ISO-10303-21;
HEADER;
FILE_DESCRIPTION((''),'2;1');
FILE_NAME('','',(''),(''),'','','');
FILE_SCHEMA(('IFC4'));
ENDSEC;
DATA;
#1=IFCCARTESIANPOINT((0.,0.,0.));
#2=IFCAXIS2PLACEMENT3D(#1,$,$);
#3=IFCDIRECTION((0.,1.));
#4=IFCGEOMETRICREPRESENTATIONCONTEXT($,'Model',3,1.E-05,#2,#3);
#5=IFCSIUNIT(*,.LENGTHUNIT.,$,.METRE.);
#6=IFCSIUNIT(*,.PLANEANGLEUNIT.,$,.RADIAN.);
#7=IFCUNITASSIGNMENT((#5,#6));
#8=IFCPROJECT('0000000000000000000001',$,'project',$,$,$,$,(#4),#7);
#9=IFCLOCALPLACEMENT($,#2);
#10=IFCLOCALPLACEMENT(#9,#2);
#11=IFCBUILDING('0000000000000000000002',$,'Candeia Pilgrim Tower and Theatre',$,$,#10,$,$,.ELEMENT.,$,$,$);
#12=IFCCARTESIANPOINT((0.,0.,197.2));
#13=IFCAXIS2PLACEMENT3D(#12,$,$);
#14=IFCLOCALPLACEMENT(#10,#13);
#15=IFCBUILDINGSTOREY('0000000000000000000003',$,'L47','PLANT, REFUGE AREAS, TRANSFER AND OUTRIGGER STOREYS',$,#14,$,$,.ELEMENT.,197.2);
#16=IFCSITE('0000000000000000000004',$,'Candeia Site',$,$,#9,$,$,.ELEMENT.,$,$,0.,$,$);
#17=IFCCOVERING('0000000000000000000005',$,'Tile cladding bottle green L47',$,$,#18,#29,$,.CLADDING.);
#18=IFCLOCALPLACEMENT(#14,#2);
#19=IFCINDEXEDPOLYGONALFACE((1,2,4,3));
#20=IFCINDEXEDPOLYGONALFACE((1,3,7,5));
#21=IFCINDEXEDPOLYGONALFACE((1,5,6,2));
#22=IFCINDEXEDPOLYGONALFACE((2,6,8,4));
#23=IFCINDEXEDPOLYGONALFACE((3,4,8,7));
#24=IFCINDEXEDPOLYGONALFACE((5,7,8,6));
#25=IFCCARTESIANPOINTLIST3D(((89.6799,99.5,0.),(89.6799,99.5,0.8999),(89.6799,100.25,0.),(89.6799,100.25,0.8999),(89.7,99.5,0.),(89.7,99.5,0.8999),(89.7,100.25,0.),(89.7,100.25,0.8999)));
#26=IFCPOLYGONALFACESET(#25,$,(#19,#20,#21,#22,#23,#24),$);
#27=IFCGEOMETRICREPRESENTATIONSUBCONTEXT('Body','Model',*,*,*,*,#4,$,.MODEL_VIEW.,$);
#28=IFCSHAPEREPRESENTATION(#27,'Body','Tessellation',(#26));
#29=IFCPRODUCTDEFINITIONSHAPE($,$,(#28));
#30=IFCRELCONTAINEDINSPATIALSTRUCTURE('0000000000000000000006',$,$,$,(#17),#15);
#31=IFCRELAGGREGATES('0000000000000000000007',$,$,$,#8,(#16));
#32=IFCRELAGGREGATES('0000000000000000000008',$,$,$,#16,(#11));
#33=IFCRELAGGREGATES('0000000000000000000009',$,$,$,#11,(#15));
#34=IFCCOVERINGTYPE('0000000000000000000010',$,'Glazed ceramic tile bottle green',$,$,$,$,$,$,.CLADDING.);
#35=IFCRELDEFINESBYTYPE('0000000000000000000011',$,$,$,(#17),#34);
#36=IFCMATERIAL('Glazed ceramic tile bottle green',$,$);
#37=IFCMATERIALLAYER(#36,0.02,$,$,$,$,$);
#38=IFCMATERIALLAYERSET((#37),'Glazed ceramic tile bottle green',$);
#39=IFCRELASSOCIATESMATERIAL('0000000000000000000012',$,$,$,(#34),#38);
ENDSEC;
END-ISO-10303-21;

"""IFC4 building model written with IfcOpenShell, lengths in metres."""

from ifc_helpers import new_model, si_unit, direction, frame, origin, origin_2d, place, context, subcontext, project, spatial, rectangle, extrude, material, layer, layer_set, type_object, element, save


model = new_model("IFC4")

# Units and contexts
model_context = context("Model", 3, precision=1e-05, world=origin(), true_north=direction((0.0, 1.0)))
body_context = subcontext(model_context, "Body", "Model", "MODEL_VIEW")
ifc_project = project(units=[si_unit("LENGTHUNIT", "METRE"), si_unit("PLANEANGLEUNIT", "RADIAN")], contexts=[model_context])

# Site, building, storey
site_placement = place(None, origin())
site = spatial("IfcSite", under=ifc_project, at=site_placement, Name="Candeia Site", CompositionType="ELEMENT", RefElevation=0.0)
building_placement = place(site_placement, origin())
building = spatial("IfcBuilding", under=site, at=building_placement, Name="Candeia Pilgrim Tower and Theatre", CompositionType="ELEMENT")
storey_placement = place(building_placement, frame((0.0, 0.0, 197.2)))
storey = spatial("IfcBuildingStorey", under=building, at=storey_placement, Name="L47", Description="PLANT, REFUGE AREAS, TRANSFER AND OUTRIGGER STOREYS", CompositionType="ELEMENT", Elevation=197.2)

# Covering
ifc_material_1 = material(Name="Glazed ceramic tile bottle green")
ifc_layer_1 = layer(ifc_material_1, 0.02)
ifc_layer_set_1 = layer_set([ifc_layer_1], Name="Glazed ceramic tile bottle green")
covering_type = type_object("IfcCoveringType", Name="Glazed ceramic tile bottle green", PredefinedType="CLADDING", material=ifc_layer_set_1)
covering_1_placement = place(storey_placement, frame((89.6899, 99.875, 0.0), z_axis=(0.0, 0.0, 1.0), x_axis=(0.0, -1.0, 0.0)))
element("IfcCovering", 1, at=covering_1_placement, inside=storey, type_object=covering_type, Name="Tile cladding bottle green L47", PredefinedType="CLADDING", context=body_context, shape_type="SweptSolid", body=[
    extrude(rectangle(XDim=0.75, YDim=0.02, at=origin_2d()), origin(), (0.0, 0.0, 1.0), 0.8999),
])

save(model, "model.ifc")
